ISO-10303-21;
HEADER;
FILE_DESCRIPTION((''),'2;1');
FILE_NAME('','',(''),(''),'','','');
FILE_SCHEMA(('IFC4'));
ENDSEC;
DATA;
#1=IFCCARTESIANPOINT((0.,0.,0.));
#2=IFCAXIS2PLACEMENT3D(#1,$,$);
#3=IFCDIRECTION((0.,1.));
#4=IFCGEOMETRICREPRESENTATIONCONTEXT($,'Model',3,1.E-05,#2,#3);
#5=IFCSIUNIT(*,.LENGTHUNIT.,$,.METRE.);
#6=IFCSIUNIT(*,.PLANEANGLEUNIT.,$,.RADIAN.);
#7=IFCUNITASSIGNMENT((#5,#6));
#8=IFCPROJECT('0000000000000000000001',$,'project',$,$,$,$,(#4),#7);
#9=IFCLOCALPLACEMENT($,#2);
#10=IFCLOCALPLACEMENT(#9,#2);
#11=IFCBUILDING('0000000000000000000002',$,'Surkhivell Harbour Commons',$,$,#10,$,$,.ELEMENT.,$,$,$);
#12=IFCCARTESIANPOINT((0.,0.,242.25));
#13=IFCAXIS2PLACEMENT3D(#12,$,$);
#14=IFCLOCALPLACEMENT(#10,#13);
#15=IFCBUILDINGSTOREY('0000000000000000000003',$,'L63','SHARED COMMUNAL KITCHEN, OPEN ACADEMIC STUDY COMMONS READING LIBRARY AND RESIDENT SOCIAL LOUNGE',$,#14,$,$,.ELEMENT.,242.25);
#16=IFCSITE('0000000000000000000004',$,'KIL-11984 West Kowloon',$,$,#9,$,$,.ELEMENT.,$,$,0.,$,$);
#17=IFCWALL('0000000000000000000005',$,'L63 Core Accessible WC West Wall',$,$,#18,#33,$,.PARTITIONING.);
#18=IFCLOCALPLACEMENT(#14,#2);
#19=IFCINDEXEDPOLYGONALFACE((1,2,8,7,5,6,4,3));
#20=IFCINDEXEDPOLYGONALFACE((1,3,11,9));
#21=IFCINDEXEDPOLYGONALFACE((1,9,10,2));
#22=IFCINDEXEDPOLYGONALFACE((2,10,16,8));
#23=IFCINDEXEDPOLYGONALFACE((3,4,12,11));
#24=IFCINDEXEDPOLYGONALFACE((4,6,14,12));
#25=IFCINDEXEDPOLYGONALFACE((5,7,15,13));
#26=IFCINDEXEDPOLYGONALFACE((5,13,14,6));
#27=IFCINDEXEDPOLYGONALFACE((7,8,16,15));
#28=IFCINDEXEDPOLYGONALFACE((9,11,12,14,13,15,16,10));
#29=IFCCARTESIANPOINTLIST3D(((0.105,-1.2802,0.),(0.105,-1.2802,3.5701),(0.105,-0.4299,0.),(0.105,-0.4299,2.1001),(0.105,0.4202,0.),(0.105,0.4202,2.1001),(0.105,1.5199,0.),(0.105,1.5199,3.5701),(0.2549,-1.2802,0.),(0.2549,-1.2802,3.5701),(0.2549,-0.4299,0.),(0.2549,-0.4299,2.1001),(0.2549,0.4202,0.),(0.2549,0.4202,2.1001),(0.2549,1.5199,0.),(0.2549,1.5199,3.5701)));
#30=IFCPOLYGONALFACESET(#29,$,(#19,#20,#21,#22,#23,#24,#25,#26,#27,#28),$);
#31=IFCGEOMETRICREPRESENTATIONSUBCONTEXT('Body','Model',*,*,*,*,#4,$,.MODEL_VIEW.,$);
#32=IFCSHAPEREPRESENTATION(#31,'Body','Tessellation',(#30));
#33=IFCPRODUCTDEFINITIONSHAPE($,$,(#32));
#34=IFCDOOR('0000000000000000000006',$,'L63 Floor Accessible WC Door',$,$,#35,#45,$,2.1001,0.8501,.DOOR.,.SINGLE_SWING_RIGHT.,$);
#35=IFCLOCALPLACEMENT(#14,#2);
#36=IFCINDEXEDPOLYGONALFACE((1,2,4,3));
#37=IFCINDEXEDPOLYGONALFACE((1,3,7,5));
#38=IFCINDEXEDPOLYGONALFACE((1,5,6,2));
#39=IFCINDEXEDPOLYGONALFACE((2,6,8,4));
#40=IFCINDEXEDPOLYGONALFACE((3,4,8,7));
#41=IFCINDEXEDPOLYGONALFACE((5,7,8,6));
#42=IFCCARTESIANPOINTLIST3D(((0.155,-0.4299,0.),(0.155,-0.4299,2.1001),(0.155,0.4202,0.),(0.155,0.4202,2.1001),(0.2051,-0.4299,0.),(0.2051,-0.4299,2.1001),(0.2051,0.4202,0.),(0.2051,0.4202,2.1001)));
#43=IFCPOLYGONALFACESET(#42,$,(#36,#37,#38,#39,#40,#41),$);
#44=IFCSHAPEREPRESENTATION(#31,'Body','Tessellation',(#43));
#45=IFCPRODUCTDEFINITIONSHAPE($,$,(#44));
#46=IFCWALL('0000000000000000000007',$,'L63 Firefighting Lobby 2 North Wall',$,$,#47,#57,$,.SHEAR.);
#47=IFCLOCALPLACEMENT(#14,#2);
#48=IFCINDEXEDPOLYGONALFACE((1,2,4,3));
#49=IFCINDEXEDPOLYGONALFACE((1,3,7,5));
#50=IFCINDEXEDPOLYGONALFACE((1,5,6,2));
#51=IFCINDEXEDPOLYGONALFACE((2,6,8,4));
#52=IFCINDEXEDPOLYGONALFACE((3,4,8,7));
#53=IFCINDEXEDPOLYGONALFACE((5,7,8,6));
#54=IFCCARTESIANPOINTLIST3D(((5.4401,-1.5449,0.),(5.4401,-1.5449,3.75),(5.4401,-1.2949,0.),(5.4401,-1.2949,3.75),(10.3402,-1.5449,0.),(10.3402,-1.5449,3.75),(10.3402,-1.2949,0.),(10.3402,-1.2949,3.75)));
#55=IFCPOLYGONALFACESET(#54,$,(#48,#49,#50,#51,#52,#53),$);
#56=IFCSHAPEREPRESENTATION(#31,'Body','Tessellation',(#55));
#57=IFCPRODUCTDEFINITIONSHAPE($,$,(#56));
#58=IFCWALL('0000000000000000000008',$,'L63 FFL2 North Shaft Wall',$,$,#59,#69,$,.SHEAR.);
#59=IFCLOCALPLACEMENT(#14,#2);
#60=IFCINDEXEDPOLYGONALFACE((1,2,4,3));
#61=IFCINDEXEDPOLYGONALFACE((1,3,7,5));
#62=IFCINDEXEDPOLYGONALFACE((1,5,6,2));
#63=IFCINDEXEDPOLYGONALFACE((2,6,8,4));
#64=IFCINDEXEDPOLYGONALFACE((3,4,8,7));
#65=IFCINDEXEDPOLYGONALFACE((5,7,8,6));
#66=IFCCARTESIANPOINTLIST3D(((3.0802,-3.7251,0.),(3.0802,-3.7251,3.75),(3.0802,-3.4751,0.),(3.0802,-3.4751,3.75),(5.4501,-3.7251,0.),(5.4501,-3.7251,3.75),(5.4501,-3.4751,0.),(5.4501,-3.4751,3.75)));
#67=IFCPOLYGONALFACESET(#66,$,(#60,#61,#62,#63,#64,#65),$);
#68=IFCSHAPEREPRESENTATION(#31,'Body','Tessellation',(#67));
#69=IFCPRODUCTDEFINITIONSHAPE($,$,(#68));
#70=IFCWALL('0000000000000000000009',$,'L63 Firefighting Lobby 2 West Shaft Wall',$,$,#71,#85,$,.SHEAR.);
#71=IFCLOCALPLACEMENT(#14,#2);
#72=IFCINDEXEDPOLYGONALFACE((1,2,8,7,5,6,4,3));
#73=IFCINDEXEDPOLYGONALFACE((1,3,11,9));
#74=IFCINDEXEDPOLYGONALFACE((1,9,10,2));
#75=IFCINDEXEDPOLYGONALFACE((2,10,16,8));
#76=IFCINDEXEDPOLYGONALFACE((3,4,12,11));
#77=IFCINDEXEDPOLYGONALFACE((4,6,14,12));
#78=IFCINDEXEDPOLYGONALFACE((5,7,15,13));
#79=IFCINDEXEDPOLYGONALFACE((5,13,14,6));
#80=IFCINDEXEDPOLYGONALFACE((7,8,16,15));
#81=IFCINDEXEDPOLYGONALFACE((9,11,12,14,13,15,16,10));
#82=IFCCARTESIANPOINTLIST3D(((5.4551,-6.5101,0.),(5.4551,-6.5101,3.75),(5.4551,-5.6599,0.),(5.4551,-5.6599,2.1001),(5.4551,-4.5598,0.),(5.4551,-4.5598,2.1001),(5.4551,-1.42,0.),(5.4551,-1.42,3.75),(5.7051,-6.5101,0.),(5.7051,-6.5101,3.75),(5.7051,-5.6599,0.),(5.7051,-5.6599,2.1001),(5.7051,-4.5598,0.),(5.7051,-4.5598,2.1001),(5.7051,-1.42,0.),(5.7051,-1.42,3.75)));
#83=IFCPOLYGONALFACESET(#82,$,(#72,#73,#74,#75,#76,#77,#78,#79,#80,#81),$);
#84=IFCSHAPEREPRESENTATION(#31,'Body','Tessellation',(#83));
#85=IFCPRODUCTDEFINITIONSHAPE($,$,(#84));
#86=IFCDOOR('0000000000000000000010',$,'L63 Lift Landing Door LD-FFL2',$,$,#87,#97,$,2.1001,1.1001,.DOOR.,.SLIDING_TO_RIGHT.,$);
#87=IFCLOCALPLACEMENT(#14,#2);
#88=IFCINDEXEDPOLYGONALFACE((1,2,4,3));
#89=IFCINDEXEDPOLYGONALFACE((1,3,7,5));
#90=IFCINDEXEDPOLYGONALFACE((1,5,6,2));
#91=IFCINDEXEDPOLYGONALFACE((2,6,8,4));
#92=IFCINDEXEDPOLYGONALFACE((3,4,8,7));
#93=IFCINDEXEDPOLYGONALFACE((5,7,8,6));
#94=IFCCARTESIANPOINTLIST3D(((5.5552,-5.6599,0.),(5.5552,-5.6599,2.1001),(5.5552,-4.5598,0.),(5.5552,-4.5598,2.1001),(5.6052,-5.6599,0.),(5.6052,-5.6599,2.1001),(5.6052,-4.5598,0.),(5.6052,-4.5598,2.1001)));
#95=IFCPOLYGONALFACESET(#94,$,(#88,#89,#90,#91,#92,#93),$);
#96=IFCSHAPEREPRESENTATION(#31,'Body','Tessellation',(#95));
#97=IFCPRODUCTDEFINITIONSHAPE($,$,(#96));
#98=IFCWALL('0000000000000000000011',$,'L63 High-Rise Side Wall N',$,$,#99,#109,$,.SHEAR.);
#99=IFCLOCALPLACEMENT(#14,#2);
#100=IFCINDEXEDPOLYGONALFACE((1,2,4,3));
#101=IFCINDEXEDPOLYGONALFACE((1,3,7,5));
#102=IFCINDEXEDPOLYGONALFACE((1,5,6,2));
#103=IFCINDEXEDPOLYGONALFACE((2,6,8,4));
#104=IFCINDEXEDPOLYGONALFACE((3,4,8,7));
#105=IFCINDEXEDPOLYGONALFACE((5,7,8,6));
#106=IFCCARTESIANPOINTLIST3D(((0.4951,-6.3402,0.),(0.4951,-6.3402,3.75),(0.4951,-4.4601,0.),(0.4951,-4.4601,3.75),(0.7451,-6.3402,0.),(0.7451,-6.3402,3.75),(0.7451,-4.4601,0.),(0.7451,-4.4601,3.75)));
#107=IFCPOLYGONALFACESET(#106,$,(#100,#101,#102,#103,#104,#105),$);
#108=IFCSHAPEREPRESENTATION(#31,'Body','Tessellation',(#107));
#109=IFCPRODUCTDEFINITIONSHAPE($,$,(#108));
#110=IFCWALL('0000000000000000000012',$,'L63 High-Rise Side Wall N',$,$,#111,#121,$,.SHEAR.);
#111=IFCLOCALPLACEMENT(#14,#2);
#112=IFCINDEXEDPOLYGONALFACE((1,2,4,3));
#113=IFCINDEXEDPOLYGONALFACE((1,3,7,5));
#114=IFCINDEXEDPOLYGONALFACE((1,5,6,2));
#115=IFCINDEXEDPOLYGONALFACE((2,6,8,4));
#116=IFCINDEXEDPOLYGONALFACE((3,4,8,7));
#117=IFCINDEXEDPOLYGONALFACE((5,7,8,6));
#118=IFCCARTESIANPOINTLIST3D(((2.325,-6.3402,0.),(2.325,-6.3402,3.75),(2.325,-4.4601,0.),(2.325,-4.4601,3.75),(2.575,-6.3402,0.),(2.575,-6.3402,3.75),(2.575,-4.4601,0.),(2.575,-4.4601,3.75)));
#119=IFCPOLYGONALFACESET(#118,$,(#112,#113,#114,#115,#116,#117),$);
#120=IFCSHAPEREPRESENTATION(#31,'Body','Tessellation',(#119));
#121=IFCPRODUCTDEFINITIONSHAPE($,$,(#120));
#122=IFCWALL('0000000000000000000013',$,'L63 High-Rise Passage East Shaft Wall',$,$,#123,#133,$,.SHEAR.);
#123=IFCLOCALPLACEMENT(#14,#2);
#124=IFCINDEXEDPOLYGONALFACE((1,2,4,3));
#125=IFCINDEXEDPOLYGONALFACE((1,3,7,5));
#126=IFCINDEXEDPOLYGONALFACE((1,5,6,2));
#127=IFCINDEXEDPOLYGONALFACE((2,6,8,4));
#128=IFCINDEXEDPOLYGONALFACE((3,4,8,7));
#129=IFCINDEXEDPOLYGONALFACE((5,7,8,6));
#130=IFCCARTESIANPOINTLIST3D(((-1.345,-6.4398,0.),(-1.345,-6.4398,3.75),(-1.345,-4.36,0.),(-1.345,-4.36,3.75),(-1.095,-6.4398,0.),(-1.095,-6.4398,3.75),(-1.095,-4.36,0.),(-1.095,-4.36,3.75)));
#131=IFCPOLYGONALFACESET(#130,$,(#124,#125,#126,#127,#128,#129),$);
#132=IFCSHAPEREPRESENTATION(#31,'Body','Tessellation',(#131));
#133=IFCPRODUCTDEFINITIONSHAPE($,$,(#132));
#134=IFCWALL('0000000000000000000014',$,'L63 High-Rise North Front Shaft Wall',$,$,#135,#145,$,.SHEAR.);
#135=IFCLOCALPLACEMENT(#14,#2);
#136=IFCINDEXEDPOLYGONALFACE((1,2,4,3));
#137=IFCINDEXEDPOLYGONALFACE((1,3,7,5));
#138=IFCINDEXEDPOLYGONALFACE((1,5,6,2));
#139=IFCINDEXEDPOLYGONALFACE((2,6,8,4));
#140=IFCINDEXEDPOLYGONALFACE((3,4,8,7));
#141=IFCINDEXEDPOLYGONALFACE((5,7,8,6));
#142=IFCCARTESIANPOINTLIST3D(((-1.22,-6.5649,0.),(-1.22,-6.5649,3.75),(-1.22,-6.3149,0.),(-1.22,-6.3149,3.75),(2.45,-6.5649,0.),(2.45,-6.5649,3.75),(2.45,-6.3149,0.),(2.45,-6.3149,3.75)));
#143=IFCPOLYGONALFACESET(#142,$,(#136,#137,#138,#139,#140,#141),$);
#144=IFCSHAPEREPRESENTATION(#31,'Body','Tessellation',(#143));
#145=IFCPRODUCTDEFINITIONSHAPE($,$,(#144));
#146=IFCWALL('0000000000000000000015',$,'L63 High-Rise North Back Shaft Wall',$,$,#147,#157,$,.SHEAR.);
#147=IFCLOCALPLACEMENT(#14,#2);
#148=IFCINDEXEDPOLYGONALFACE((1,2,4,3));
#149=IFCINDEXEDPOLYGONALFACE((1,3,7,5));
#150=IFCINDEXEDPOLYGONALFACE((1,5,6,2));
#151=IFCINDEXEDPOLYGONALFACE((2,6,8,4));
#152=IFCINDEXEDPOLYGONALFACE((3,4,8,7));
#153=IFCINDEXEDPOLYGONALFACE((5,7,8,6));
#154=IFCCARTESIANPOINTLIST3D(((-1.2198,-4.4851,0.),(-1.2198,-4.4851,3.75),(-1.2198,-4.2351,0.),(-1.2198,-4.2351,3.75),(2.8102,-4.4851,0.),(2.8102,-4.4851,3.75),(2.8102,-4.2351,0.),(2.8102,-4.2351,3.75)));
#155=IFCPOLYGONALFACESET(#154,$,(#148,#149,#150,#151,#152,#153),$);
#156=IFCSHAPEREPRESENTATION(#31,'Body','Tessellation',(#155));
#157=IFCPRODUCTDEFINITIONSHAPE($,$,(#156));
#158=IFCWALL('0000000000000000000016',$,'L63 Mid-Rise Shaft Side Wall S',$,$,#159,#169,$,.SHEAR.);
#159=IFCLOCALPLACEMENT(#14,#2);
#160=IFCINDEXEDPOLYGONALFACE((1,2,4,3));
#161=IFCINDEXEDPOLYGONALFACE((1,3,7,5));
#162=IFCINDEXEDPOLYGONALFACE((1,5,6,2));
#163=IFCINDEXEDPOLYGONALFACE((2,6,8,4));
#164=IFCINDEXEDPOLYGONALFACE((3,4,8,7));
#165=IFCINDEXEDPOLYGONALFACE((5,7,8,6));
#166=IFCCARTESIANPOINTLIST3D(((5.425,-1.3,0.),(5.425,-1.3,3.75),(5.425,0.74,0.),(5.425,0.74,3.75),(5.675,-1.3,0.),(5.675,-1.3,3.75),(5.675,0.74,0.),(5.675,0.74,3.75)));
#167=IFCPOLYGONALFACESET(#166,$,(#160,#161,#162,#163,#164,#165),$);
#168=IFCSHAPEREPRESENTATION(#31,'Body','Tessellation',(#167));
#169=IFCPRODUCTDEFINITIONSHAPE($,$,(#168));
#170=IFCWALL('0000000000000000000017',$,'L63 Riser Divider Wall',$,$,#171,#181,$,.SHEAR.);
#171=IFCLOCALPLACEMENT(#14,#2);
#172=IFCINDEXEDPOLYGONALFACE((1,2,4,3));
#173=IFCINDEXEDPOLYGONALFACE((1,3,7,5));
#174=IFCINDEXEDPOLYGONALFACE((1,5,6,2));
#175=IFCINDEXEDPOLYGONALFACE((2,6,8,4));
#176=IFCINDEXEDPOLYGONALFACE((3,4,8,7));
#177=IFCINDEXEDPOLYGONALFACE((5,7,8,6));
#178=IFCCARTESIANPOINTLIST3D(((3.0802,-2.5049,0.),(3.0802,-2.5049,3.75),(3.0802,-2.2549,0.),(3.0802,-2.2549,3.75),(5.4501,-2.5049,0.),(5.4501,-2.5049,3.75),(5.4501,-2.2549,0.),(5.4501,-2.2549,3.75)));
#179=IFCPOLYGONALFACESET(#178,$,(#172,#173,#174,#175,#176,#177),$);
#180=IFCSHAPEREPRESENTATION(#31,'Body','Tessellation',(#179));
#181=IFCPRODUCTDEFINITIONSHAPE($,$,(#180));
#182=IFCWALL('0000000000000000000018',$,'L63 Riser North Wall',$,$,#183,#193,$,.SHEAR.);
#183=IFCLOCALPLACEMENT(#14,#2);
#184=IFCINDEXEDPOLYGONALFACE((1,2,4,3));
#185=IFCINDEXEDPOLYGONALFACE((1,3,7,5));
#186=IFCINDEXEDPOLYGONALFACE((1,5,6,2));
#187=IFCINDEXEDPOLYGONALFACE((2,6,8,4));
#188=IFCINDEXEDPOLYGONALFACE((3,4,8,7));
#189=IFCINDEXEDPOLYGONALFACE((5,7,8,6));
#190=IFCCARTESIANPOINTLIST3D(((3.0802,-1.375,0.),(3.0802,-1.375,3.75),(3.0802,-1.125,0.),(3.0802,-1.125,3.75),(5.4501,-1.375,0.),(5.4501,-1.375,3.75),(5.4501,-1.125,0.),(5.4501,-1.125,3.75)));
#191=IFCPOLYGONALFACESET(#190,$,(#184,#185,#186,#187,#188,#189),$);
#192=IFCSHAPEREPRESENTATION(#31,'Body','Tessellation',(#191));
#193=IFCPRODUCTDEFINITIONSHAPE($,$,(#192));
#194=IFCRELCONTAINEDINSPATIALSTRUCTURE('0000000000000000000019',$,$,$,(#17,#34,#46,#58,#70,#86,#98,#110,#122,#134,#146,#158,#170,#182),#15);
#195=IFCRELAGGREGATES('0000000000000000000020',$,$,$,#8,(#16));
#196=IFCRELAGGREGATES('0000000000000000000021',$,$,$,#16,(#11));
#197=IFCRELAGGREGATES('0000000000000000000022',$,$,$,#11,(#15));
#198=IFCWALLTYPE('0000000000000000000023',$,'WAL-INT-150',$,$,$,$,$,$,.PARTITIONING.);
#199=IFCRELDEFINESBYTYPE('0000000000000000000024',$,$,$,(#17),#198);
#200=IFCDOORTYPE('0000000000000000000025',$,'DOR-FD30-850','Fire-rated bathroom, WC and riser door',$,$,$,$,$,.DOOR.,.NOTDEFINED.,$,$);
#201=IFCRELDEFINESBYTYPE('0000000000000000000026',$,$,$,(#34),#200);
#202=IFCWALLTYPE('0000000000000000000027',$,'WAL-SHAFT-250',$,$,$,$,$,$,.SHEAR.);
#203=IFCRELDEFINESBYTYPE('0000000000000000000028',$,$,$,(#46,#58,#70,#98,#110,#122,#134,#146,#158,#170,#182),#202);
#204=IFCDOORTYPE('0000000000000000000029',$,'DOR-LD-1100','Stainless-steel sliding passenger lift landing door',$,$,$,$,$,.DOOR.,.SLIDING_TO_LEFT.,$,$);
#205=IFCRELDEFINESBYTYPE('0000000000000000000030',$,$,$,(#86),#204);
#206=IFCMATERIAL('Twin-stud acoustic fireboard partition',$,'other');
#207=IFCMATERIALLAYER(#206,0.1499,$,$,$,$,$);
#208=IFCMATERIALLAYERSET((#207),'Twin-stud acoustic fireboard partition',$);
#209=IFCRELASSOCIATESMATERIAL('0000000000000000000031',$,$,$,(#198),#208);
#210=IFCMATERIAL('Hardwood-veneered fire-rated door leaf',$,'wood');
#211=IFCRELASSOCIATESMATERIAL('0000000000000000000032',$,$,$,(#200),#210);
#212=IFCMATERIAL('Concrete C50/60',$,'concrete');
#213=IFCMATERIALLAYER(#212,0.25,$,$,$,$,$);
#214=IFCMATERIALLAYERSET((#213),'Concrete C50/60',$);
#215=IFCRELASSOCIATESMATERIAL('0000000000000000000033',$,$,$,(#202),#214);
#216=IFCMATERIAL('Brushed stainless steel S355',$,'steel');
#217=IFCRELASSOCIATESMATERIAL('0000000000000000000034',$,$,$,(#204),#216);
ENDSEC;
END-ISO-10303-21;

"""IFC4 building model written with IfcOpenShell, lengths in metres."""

from ifc_helpers import new_model, si_unit, direction, frame, frame_2d, origin, place, context, subcontext, project, spatial, rectangle, extrude, material, layer, layer_set, type_object, element, fill, save


model = new_model("IFC4")

# Units and contexts
model_context = context("Model", 3, precision=1e-05, world=origin(), true_north=direction((0.0, 1.0)))
body_context = subcontext(model_context, "Body", "Model", "MODEL_VIEW")
ifc_project = project(units=[si_unit("LENGTHUNIT", "METRE"), si_unit("PLANEANGLEUNIT", "RADIAN")], contexts=[model_context])

# Site, building, storey
site_placement = place(None, origin())
site = spatial("IfcSite", under=ifc_project, at=site_placement, Name="KIL-11984 West Kowloon", CompositionType="ELEMENT", RefElevation=0.0)
building_placement = place(site_placement, origin())
building = spatial("IfcBuilding", under=site, at=building_placement, Name="Surkhivell Harbour Commons", CompositionType="ELEMENT")
storey_placement = place(building_placement, frame((0.0, 0.0, 242.25)))
storey = spatial("IfcBuildingStorey", under=building, at=storey_placement, Name="L63", Description="SHARED COMMUNAL KITCHEN, OPEN ACADEMIC STUDY COMMONS READING LIBRARY AND RESIDENT SOCIAL LOUNGE", CompositionType="ELEMENT", Elevation=242.25)

# Shared definitions
ifc_material_1 = material(Name="Twin-stud acoustic fireboard partition", Category="other")
ifc_layer_1 = layer(ifc_material_1, 0.1499)
ifc_layer_set_1 = layer_set([ifc_layer_1], Name="Twin-stud acoustic fireboard partition")
wall_type_1 = type_object("IfcWallType", Name="WAL-INT-150", PredefinedType="PARTITIONING", material=ifc_layer_set_1)

# Wall, opening, door
wall_1_placement = place(storey_placement, frame((0.1799, -1.28, 0.0), z_axis=(0.0, 0.0, 1.0), x_axis=(0.0, 1.0, 0.0)))
wall_1 = element("IfcWall", 1, at=wall_1_placement, inside=storey, type_object=wall_type_1, Name="L63 Core Accessible WC West Wall", PredefinedType="PARTITIONING", context=body_context, shape_type="SweptSolid", body=[
    extrude(rectangle(XDim=2.8, YDim=0.1499, at=frame_2d((1.3999, 0.0))), origin(), (0.0, 0.0, 1.0), 3.5701),
])
opening_1_placement = place(wall_1_placement, frame((0.8501, 0.0, 0.0)))
opening_1 = element("IfcOpeningElement", 2, at=opening_1_placement, cuts=wall_1, PredefinedType="OPENING", context=body_context, shape_type="SweptSolid", body=[
    extrude(rectangle(XDim=0.8501, YDim=2.1001, at=frame_2d((0.425, 1.05))), frame((0.0, 0.085, 0.0), z_axis=(0.0, -1.0, 0.0), x_axis=(1.0, 0.0, 0.0)), (0.0, 0.0, 1.0), 0.1699),
])
ifc_material_2 = material(Name="Hardwood-veneered fire-rated door leaf", Category="wood")
door_type_1 = type_object("IfcDoorType", Name="DOR-FD30-850", Description="Fire-rated bathroom, WC and riser door", OperationType="NOTDEFINED", PredefinedType="DOOR", material=ifc_material_2)
door_1_placement = place(opening_1_placement, origin())
door_1 = element("IfcDoor", 3, at=door_1_placement, inside=storey, type_object=door_type_1, Name="L63 Floor Accessible WC Door", OperationType="SINGLE_SWING_RIGHT", OverallHeight=2.1001, OverallWidth=0.8501, PredefinedType="DOOR", context=body_context, shape_type="SweptSolid", body=[
    extrude(rectangle(XDim=0.8501, YDim=2.1001, at=frame_2d((0.425, 1.05))), frame((0.0, 0.0249, 0.0), z_axis=(0.0, -1.0, 0.0), x_axis=(1.0, 0.0, 0.0)), (0.0, 0.0, 1.0), 0.05),
])
fill(opening_1, door_1)

# Walls
ifc_material_3 = material(Name="Concrete C50/60", Category="concrete")
ifc_layer_2 = layer(ifc_material_3, 0.25)
ifc_layer_set_2 = layer_set([ifc_layer_2], Name="Concrete C50/60")
wall_type_2 = type_object("IfcWallType", Name="WAL-SHAFT-250", PredefinedType="SHEAR", material=ifc_layer_set_2)
wall_2_placement = place(storey_placement, frame((5.4399, -1.4199, 0.0), z_axis=(0.0, 0.0, 1.0), x_axis=(1.0, 0.0, 0.0)))
element("IfcWall", 4, at=wall_2_placement, inside=storey, type_object=wall_type_2, Name="L63 Firefighting Lobby 2 North Wall", PredefinedType="SHEAR", context=body_context, shape_type="SweptSolid", body=[
    extrude(rectangle(XDim=4.9001, YDim=0.25, at=frame_2d((2.4502, 0.0))), origin(), (0.0, 0.0, 1.0), 3.75),
])
wall_3_placement = place(storey_placement, frame((3.0801, -3.6001, 0.0), z_axis=(0.0, 0.0, 1.0), x_axis=(1.0, 0.0, 0.0)))
element("IfcWall", 5, at=wall_3_placement, inside=storey, type_object=wall_type_2, Name="L63 FFL2 North Shaft Wall", PredefinedType="SHEAR", context=body_context, shape_type="SweptSolid", body=[
    extrude(rectangle(XDim=2.3699, YDim=0.25, at=frame_2d((1.1851, 0.0))), origin(), (0.0, 0.0, 1.0), 3.75),
])

# Wall, opening, door
wall_4_placement = place(storey_placement, frame((5.5801, -6.51, 0.0), z_axis=(0.0, 0.0, 1.0), x_axis=(0.0, 1.0, 0.0)))
wall_4 = element("IfcWall", 6, at=wall_4_placement, inside=storey, type_object=wall_type_2, Name="L63 Firefighting Lobby 2 West Shaft Wall", PredefinedType="SHEAR", context=body_context, shape_type="SweptSolid", body=[
    extrude(rectangle(XDim=5.0901, YDim=0.25, at=frame_2d((2.5449, 0.0))), origin(), (0.0, 0.0, 1.0), 3.75),
])
opening_2_placement = place(wall_4_placement, frame((0.8501, 0.0, 0.0)))
opening_2 = element("IfcOpeningElement", 7, at=opening_2_placement, cuts=wall_4, PredefinedType="OPENING", context=body_context, shape_type="SweptSolid", body=[
    extrude(rectangle(XDim=1.1001, YDim=2.1001, at=frame_2d((0.55, 1.05))), frame((0.0, 0.135, 0.0), z_axis=(0.0, -1.0, 0.0), x_axis=(1.0, 0.0, 0.0)), (0.0, 0.0, 1.0), 0.27),
])
ifc_material_4 = material(Name="Brushed stainless steel S355", Category="steel")
door_type_2 = type_object("IfcDoorType", Name="DOR-LD-1100", Description="Stainless-steel sliding passenger lift landing door", OperationType="SLIDING_TO_LEFT", PredefinedType="DOOR", material=ifc_material_4)
door_2_placement = place(opening_2_placement, origin())
door_2 = element("IfcDoor", 8, at=door_2_placement, inside=storey, type_object=door_type_2, Name="L63 Lift Landing Door LD-FFL2", OperationType="SLIDING_TO_RIGHT", OverallHeight=2.1001, OverallWidth=1.1001, PredefinedType="DOOR", context=body_context, shape_type="SweptSolid", body=[
    extrude(rectangle(XDim=1.1001, YDim=2.1001, at=frame_2d((0.55, 1.05))), frame((0.0, 0.0249, 0.0), z_axis=(0.0, -1.0, 0.0), x_axis=(1.0, 0.0, 0.0)), (0.0, 0.0, 1.0), 0.05),
])
fill(opening_2, door_2)

# Walls
for number, where, z_axis, x_axis, name in (
    (9, (0.6201, -6.3401, 0.0), (0.0, 0.0, 1.0), (0.0, 1.0, 0.0), "L63 High-Rise Side Wall N"),
    (10, (2.45, -6.3401, 0.0), (0.0, 0.0, 1.0), (0.0, 1.0, 0.0), "L63 High-Rise Side Wall N"),
):
    element("IfcWall", number, at=place(storey_placement, frame(where, z_axis=z_axis, x_axis=x_axis)), inside=storey, type_object=wall_type_2, Name=name, PredefinedType="SHEAR", context=body_context, shape_type="SweptSolid", body=[
        extrude(rectangle(XDim=1.8801, YDim=0.25, at=frame_2d((0.9399, 0.0))), origin(), (0.0, 0.0, 1.0), 3.75),
    ])
wall_5_placement = place(storey_placement, frame((-1.22, -6.4399, 0.0), z_axis=(0.0, 0.0, 1.0), x_axis=(0.0, 1.0, 0.0)))
element("IfcWall", 11, at=wall_5_placement, inside=storey, type_object=wall_type_2, Name="L63 High-Rise Passage East Shaft Wall", PredefinedType="SHEAR", context=body_context, shape_type="SweptSolid", body=[
    extrude(rectangle(XDim=2.0798, YDim=0.25, at=frame_2d((1.04, 0.0))), origin(), (0.0, 0.0, 1.0), 3.75),
])
wall_6_placement = place(storey_placement, frame((-1.22, -6.4399, 0.0), z_axis=(0.0, 0.0, 1.0), x_axis=(1.0, 0.0, 0.0)))
element("IfcWall", 12, at=wall_6_placement, inside=storey, type_object=wall_type_2, Name="L63 High-Rise North Front Shaft Wall", PredefinedType="SHEAR", context=body_context, shape_type="SweptSolid", body=[
    extrude(rectangle(XDim=3.6699, YDim=0.25, at=frame_2d((1.835, 0.0))), origin(), (0.0, 0.0, 1.0), 3.75),
])
wall_7_placement = place(storey_placement, frame((-1.22, -4.3601, 0.0), z_axis=(0.0, 0.0, 1.0), x_axis=(1.0, 0.0, 0.0)))
element("IfcWall", 13, at=wall_7_placement, inside=storey, type_object=wall_type_2, Name="L63 High-Rise North Back Shaft Wall", PredefinedType="SHEAR", context=body_context, shape_type="SweptSolid", body=[
    extrude(rectangle(XDim=4.03, YDim=0.25, at=frame_2d((2.0151, 0.0))), origin(), (0.0, 0.0, 1.0), 3.75),
])
wall_8_placement = place(storey_placement, frame((5.55, -1.3, 0.0), z_axis=(0.0, 0.0, 1.0), x_axis=(0.0, 1.0, 0.0)))
element("IfcWall", 14, at=wall_8_placement, inside=storey, type_object=wall_type_2, Name="L63 Mid-Rise Shaft Side Wall S", PredefinedType="SHEAR", context=body_context, shape_type="SweptSolid", body=[
    extrude(rectangle(XDim=2.04, YDim=0.25, at=frame_2d((1.02, 0.0))), origin(), (0.0, 0.0, 1.0), 3.75),
])
for number, where, z_axis, x_axis, name in (
    (15, (3.0801, -2.3799, 0.0), (0.0, 0.0, 1.0), (1.0, 0.0, 0.0), "L63 Riser Divider Wall"),
    (16, (3.0801, -1.25, 0.0), (0.0, 0.0, 1.0), (1.0, 0.0, 0.0), "L63 Riser North Wall"),
):
    element("IfcWall", number, at=place(storey_placement, frame(where, z_axis=z_axis, x_axis=x_axis)), inside=storey, type_object=wall_type_2, Name=name, PredefinedType="SHEAR", context=body_context, shape_type="SweptSolid", body=[
        extrude(rectangle(XDim=2.3699, YDim=0.25, at=frame_2d((1.1851, 0.0))), origin(), (0.0, 0.0, 1.0), 3.75),
    ])

save(model, "model.ifc")
